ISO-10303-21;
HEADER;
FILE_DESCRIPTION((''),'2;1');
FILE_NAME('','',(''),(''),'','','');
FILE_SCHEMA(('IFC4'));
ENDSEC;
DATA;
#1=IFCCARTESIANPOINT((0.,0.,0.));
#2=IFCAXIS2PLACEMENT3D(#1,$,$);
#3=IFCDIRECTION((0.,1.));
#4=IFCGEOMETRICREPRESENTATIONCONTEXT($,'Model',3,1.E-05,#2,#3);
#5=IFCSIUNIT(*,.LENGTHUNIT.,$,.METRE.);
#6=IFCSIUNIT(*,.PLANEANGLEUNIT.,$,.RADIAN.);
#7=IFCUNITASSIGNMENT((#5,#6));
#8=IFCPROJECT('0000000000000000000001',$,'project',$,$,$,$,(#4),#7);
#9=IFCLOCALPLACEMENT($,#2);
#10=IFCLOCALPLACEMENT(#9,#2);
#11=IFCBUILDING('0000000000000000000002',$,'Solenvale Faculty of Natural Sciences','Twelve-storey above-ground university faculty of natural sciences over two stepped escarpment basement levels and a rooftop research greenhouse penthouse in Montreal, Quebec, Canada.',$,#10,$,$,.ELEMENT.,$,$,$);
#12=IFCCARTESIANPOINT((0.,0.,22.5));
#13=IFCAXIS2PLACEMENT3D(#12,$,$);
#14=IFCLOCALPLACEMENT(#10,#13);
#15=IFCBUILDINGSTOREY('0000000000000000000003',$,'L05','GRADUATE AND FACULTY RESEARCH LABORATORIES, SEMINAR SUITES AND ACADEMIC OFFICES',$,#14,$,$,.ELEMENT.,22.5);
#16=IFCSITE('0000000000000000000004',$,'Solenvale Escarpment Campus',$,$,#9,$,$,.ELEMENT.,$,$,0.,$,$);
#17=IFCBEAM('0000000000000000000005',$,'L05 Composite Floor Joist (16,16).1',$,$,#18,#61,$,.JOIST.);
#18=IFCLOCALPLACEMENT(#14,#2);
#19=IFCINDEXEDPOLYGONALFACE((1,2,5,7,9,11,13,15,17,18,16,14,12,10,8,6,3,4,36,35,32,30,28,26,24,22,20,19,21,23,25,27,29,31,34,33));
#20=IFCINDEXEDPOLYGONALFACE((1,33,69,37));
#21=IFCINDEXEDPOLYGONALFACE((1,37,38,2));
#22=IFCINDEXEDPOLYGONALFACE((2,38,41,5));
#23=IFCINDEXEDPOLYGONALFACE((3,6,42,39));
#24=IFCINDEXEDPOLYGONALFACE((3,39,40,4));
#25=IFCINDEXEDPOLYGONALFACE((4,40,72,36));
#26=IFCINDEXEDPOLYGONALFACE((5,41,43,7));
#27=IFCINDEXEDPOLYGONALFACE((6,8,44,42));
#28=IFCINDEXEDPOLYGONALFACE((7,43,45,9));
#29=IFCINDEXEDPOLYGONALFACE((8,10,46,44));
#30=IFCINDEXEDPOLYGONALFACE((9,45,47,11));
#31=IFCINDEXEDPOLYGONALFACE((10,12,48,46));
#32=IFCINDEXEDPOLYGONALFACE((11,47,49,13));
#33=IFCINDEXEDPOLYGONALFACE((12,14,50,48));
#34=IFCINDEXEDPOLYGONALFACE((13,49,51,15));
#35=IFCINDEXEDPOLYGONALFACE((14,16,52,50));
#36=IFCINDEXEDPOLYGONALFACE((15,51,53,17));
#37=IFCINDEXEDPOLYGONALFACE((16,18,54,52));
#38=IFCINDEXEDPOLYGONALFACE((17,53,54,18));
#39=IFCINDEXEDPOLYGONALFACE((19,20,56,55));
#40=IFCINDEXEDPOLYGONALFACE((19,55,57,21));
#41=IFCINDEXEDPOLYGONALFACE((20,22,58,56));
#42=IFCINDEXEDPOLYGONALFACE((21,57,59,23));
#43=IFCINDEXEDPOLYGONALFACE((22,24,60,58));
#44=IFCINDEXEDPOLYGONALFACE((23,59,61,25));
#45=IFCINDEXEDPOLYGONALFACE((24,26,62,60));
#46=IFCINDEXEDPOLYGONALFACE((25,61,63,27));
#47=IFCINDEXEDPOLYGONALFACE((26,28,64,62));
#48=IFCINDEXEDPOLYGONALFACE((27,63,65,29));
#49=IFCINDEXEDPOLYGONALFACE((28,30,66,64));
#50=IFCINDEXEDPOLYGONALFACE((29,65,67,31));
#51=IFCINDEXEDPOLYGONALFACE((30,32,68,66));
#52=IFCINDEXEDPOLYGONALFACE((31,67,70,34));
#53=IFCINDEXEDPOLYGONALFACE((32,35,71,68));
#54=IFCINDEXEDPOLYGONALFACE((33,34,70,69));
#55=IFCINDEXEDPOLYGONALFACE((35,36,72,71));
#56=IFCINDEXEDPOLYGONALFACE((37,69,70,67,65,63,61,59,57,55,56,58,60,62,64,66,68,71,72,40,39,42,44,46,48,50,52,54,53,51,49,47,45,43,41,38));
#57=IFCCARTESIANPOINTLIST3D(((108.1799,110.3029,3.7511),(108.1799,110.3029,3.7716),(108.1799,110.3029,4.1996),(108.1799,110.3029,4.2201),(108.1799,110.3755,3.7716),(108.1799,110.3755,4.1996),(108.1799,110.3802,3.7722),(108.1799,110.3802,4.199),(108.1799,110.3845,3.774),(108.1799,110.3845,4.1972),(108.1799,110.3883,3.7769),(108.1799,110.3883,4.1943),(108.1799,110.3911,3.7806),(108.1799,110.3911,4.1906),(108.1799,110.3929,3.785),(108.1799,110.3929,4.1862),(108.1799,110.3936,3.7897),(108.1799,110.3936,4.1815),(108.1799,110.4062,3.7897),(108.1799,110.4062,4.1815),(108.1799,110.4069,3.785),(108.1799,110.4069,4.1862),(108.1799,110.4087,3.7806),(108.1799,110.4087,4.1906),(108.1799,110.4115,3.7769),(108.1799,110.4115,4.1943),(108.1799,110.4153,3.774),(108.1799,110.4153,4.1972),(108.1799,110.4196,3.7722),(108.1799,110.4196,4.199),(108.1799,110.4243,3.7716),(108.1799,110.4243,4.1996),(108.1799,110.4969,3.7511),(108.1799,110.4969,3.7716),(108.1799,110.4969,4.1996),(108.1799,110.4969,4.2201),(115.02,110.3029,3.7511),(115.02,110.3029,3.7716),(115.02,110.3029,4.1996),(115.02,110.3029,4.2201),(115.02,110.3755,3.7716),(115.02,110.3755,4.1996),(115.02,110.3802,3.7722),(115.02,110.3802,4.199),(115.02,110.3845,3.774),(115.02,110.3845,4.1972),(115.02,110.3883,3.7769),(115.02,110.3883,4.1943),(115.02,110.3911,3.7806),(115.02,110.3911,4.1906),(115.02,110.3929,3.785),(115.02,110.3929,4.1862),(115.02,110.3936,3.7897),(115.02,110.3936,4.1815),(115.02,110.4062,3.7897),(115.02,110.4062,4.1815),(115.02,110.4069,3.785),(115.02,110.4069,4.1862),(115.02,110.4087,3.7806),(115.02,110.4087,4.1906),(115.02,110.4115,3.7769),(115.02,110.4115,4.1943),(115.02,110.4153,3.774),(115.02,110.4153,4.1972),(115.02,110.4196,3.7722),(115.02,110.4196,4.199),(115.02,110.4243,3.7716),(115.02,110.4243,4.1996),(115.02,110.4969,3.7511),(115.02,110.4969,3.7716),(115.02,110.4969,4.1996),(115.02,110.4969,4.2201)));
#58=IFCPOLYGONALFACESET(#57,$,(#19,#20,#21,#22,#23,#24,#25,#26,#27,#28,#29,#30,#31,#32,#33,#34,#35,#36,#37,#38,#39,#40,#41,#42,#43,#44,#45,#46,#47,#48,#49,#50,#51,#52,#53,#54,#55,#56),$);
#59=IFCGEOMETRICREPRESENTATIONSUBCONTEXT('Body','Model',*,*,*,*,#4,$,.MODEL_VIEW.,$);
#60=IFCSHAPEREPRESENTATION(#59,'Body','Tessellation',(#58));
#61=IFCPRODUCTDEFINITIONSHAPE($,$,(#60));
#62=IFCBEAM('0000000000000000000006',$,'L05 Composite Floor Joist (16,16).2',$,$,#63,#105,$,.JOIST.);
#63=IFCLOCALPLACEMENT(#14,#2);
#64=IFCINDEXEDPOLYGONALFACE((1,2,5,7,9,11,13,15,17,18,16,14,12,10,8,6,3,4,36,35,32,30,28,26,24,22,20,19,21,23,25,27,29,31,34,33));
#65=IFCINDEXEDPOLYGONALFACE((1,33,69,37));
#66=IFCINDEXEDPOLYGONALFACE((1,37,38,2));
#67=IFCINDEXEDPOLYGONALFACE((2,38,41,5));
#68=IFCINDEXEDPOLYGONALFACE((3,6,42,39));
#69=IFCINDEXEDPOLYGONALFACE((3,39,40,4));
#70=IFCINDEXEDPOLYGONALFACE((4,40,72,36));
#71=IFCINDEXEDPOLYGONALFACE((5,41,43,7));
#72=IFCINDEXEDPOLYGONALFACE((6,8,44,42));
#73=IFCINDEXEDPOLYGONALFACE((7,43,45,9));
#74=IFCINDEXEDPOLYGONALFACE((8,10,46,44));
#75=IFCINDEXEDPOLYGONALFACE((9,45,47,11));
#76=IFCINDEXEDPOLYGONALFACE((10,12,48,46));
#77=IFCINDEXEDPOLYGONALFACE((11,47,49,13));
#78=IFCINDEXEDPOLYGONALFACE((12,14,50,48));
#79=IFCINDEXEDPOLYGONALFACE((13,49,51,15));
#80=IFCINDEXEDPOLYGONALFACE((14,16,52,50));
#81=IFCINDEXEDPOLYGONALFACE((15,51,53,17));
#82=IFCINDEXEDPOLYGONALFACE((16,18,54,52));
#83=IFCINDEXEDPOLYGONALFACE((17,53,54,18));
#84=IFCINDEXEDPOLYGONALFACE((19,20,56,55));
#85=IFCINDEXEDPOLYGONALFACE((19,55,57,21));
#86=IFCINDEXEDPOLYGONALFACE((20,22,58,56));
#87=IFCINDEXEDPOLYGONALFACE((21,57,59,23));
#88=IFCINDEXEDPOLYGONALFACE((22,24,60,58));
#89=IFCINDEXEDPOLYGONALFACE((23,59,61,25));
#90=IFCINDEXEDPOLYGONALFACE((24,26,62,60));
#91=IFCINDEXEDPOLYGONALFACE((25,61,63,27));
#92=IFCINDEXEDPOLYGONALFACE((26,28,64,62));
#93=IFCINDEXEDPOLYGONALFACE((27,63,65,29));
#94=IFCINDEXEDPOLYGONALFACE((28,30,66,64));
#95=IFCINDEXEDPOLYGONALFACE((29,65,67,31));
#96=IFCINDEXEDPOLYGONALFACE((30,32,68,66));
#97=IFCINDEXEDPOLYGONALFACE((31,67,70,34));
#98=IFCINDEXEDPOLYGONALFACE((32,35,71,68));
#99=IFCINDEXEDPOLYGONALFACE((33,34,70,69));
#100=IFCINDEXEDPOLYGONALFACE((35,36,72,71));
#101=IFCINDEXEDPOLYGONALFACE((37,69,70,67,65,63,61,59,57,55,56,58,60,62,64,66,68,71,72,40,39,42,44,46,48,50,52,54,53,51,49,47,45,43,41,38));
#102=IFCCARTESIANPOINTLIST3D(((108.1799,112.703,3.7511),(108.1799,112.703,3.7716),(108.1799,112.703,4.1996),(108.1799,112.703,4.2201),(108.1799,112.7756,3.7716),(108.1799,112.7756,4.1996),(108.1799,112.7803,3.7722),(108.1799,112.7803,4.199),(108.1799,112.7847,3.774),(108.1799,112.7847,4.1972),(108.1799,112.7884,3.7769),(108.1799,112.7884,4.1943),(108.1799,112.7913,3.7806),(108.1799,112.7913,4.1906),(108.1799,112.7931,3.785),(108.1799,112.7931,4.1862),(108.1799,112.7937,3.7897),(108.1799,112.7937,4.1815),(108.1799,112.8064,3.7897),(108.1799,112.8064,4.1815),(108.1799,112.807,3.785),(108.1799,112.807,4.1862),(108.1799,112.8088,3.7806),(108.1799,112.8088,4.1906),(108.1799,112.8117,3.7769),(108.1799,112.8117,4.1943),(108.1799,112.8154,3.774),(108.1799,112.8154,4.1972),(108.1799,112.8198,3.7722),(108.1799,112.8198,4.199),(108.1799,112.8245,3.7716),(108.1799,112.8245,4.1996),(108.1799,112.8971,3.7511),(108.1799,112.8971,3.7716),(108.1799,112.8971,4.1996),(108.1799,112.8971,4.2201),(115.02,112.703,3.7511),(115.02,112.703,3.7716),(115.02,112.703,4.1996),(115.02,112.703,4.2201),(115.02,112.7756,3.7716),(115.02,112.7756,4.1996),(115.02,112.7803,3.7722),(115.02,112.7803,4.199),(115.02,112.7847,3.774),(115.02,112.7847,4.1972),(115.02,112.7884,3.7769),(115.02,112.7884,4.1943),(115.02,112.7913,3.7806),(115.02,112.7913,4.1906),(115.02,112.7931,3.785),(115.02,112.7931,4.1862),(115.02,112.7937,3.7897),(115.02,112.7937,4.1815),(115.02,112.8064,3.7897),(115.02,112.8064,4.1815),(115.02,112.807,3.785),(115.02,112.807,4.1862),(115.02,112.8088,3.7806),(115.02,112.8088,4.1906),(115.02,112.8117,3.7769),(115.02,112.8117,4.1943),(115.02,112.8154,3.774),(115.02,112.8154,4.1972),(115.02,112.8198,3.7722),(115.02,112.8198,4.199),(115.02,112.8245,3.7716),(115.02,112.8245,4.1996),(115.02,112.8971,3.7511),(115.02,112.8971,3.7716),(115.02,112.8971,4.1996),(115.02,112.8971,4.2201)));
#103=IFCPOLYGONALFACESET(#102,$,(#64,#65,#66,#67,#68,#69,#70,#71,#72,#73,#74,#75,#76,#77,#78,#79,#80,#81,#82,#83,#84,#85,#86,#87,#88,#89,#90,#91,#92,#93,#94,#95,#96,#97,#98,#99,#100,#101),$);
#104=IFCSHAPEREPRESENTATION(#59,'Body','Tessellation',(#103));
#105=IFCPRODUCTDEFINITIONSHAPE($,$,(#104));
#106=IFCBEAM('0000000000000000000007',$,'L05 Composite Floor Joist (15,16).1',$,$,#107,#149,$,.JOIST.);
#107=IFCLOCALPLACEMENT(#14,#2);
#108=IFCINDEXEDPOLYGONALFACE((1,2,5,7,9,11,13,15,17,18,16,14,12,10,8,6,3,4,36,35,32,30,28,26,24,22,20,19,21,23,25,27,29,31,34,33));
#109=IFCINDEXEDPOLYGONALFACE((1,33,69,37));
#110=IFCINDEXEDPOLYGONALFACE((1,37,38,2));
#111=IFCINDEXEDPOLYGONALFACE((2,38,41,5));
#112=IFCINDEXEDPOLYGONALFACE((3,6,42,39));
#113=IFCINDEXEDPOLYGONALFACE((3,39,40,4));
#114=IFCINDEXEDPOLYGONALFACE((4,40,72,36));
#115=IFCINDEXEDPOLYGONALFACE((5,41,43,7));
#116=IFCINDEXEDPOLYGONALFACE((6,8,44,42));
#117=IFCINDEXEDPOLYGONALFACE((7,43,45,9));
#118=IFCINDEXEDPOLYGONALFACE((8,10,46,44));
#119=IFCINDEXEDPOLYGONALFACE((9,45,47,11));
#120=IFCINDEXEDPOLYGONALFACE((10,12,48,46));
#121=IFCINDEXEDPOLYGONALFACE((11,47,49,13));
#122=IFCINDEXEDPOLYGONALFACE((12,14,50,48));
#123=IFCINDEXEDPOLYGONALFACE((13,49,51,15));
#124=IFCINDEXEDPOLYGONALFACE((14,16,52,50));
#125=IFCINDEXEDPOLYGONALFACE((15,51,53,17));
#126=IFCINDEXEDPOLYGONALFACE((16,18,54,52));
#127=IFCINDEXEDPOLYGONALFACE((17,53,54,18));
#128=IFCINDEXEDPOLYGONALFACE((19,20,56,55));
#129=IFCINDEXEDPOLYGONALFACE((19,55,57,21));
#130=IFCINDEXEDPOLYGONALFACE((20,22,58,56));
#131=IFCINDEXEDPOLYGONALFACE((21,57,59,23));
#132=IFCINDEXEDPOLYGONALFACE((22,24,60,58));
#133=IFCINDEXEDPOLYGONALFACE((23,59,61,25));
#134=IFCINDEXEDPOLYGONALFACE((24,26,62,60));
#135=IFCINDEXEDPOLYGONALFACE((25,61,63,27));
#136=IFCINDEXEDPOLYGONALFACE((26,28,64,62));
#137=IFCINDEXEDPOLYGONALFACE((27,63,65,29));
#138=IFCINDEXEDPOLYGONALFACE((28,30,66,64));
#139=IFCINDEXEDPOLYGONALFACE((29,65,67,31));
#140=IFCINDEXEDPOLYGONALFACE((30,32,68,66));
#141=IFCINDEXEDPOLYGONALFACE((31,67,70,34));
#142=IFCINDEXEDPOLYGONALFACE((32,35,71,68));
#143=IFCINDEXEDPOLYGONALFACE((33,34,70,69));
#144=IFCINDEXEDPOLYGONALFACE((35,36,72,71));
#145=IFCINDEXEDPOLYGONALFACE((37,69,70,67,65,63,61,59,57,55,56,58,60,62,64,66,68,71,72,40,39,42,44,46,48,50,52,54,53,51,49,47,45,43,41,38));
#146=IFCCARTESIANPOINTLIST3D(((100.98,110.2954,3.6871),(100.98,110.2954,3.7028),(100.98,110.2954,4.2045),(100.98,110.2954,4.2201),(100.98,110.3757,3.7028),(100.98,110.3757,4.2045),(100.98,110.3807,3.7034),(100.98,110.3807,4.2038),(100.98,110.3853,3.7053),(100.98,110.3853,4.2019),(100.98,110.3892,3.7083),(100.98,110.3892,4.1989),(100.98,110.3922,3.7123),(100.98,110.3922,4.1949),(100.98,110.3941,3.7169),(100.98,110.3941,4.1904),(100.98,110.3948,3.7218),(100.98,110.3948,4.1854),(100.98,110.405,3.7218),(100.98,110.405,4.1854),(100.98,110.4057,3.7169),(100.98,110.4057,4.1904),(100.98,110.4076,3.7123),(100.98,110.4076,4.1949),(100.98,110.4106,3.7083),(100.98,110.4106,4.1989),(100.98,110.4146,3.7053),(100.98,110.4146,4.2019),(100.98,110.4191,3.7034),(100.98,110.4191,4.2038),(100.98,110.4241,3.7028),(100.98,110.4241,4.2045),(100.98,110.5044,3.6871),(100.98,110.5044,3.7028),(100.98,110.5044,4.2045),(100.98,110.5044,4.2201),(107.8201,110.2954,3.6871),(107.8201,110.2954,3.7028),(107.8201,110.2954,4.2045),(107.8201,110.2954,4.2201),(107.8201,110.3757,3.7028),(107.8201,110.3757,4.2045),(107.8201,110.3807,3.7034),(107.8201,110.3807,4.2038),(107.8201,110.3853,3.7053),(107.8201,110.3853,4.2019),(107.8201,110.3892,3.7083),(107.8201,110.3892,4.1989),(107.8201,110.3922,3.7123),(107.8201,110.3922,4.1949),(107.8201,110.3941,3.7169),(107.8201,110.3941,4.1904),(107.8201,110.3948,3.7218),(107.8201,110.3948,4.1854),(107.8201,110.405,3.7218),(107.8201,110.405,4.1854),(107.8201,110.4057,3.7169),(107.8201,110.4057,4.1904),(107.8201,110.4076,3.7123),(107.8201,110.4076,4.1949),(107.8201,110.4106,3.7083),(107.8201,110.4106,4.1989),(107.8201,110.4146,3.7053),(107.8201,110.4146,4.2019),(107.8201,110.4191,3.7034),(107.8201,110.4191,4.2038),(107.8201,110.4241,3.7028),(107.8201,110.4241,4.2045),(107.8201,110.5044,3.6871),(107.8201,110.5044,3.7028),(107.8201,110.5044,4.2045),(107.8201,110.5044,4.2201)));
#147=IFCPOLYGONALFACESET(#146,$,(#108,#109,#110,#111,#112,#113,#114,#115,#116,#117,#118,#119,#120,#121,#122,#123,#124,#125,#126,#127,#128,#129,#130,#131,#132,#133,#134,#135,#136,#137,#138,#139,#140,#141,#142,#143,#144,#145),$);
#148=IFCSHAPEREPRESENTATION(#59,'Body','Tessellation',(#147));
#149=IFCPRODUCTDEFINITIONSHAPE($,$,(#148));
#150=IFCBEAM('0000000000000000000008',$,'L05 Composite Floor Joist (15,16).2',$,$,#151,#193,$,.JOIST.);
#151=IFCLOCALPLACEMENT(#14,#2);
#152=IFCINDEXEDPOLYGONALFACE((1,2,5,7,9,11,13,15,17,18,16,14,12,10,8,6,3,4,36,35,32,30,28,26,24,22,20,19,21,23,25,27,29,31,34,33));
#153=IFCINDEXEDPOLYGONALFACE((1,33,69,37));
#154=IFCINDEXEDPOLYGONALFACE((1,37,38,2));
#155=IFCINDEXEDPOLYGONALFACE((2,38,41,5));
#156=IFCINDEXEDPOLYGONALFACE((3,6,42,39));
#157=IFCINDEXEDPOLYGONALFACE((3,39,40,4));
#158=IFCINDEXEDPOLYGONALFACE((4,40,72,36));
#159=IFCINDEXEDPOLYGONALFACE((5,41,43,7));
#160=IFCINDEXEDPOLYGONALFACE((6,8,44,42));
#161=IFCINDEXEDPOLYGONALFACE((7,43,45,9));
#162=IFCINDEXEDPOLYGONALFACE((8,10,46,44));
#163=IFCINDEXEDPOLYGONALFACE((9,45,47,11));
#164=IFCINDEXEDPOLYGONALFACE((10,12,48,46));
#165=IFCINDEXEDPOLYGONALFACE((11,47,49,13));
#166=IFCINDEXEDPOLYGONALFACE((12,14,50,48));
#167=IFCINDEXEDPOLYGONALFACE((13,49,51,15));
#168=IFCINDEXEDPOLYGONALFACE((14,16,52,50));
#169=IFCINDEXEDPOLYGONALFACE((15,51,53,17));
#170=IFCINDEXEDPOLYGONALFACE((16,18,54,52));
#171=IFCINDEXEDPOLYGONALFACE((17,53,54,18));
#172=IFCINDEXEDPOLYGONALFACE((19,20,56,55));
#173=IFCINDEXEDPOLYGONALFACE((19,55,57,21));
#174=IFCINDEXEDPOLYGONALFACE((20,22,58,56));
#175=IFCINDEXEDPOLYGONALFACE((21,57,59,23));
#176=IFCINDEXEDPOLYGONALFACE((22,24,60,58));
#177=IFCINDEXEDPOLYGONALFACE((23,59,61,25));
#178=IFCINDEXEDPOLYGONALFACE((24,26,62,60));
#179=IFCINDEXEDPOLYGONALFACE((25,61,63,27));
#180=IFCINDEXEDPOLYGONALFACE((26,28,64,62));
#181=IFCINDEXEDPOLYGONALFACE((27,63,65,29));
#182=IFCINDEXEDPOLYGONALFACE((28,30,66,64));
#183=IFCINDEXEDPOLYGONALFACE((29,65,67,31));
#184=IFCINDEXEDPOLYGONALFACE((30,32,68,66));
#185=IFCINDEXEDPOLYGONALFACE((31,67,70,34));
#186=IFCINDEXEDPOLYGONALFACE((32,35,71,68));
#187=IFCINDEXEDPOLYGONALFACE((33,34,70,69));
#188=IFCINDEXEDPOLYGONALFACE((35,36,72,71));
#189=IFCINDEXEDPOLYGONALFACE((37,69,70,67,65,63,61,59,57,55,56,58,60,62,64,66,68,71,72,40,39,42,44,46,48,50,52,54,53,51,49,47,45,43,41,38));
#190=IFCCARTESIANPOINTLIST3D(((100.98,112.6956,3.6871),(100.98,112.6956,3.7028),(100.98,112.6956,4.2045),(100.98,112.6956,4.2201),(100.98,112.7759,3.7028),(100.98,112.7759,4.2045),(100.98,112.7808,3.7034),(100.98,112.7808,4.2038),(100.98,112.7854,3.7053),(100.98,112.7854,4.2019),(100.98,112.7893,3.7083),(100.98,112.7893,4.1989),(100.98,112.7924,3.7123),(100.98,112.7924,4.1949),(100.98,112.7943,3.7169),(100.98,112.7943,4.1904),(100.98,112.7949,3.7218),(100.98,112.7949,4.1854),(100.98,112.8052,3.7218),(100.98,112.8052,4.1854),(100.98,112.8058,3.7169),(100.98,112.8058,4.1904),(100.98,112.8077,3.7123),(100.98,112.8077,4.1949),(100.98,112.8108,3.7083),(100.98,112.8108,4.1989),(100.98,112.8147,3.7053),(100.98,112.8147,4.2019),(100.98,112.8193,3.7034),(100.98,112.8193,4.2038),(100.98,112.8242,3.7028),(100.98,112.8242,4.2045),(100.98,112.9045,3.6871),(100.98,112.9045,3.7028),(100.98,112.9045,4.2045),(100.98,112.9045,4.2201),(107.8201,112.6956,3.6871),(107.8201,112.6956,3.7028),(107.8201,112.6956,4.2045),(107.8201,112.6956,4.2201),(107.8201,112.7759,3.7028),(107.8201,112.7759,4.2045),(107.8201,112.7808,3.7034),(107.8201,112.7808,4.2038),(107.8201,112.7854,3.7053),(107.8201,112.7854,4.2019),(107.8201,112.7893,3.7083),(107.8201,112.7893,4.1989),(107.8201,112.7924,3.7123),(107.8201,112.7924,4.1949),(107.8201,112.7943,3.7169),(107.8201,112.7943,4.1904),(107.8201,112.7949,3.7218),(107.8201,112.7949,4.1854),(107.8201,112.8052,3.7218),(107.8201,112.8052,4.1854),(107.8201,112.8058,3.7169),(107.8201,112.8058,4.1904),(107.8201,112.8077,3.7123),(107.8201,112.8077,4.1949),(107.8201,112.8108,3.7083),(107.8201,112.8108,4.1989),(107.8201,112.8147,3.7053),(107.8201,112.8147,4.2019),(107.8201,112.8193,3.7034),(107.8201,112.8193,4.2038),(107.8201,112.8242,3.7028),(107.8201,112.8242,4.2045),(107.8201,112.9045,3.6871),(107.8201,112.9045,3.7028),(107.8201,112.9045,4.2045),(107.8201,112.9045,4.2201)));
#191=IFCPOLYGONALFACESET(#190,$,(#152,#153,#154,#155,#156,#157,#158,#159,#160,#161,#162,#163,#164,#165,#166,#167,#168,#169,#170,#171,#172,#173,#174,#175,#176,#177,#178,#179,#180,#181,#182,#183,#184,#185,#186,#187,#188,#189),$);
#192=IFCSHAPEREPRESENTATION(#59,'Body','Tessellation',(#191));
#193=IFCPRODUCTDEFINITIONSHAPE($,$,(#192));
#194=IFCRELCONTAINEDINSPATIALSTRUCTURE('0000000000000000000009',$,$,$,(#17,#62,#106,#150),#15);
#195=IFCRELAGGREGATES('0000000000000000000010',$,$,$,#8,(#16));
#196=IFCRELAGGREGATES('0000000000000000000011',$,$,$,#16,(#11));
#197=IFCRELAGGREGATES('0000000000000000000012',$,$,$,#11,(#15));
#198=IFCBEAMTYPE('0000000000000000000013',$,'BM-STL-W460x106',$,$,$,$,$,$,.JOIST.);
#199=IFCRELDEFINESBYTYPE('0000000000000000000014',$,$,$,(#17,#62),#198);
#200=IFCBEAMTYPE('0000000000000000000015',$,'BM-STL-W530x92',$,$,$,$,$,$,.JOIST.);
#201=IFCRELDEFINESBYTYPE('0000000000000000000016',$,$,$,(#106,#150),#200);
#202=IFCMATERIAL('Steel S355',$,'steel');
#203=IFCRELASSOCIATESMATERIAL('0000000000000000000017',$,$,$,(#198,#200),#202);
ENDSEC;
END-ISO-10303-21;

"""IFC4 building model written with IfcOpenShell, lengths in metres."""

from ifc_helpers import new_model, si_unit, direction, frame, origin, origin_2d, place, context, subcontext, project, spatial, i_section, extrude, material, material_profile, profile_set, type_object, element, save


model = new_model("IFC4")

# Units and contexts
model_context = context("Model", 3, precision=1e-05, world=origin(), true_north=direction((0.0, 1.0)))
body_context = subcontext(model_context, "Body", "Model", "MODEL_VIEW")
ifc_project = project(units=[si_unit("LENGTHUNIT", "METRE"), si_unit("PLANEANGLEUNIT", "RADIAN")], contexts=[model_context])

# Site, building, storey
site_placement = place(None, origin())
site = spatial("IfcSite", under=ifc_project, at=site_placement, Name="Solenvale Escarpment Campus", CompositionType="ELEMENT", RefElevation=0.0)
building_placement = place(site_placement, origin())
building = spatial("IfcBuilding", under=site, at=building_placement, Name="Solenvale Faculty of Natural Sciences", Description="Twelve-storey above-ground university faculty of natural sciences over two stepped escarpment basement levels and a rooftop research greenhouse penthouse in Montreal, Quebec, Canada.", CompositionType="ELEMENT")
storey_placement = place(building_placement, frame((0.0, 0.0, 22.5)))
storey = spatial("IfcBuildingStorey", under=building, at=storey_placement, Name="L05", Description="GRADUATE AND FACULTY RESEARCH LABORATORIES, SEMINAR SUITES AND ACADEMIC OFFICES", CompositionType="ELEMENT", Elevation=22.5)

# Beams
ifc_material_1 = material(Name="Steel S355", Category="steel")
ifc_material_profile_1 = material_profile(ifc_material_1, i_section(OverallWidth=0.1941, OverallDepth=0.469, WebThickness=0.0127, FlangeThickness=0.0205, FilletRadius=0.0181, at=origin_2d()), Name="W460x106")
ifc_profile_set_1 = profile_set([ifc_material_profile_1], Name="Steel S355")
beam_type_1 = type_object("IfcBeamType", Name="BM-STL-W460x106", PredefinedType="JOIST", material=ifc_profile_set_1)
for number, where, z_axis, x_axis, name in (
    (1, (108.1799, 110.3999, 3.9856), (1.0, 0.0, 0.0), (0.0, 1.0, 0.0), "L05 Composite Floor Joist (16,16).1"),
    (2, (108.1799, 112.8, 3.9856), (1.0, 0.0, 0.0), (0.0, 1.0, 0.0), "L05 Composite Floor Joist (16,16).2"),
):
    element("IfcBeam", number, at=place(storey_placement, frame(where, z_axis=z_axis, x_axis=x_axis)), inside=storey, type_object=beam_type_1, Name=name, PredefinedType="JOIST", context=body_context, shape_type="SweptSolid", body=[
        extrude(i_section(OverallWidth=0.1941, OverallDepth=0.469, WebThickness=0.0127, FlangeThickness=0.0205, FilletRadius=0.0181, at=origin_2d()), origin(), (0.0, 0.0, 1.0), 6.8401),
    ])
ifc_material_profile_2 = material_profile(ifc_material_1, i_section(OverallWidth=0.209, OverallDepth=0.533, WebThickness=0.0103, FlangeThickness=0.0156, FilletRadius=0.019, at=origin_2d()), Name="W530x92")
ifc_profile_set_2 = profile_set([ifc_material_profile_2], Name="Steel S355")
beam_type_2 = type_object("IfcBeamType", Name="BM-STL-W530x92", PredefinedType="JOIST", material=ifc_profile_set_2)
for number, where, z_axis, x_axis, name in (
    (3, (100.98, 110.3999, 3.9536), (1.0, 0.0, 0.0), (0.0, 1.0, 0.0), "L05 Composite Floor Joist (15,16).1"),
    (4, (100.98, 112.8, 3.9536), (1.0, 0.0, 0.0), (0.0, 1.0, 0.0), "L05 Composite Floor Joist (15,16).2"),
):
    element("IfcBeam", number, at=place(storey_placement, frame(where, z_axis=z_axis, x_axis=x_axis)), inside=storey, type_object=beam_type_2, Name=name, PredefinedType="JOIST", context=body_context, shape_type="SweptSolid", body=[
        extrude(i_section(OverallWidth=0.209, OverallDepth=0.533, WebThickness=0.0103, FlangeThickness=0.0156, FilletRadius=0.019, at=origin_2d()), origin(), (0.0, 0.0, 1.0), 6.8401),
    ])

save(model, "model.ifc")
